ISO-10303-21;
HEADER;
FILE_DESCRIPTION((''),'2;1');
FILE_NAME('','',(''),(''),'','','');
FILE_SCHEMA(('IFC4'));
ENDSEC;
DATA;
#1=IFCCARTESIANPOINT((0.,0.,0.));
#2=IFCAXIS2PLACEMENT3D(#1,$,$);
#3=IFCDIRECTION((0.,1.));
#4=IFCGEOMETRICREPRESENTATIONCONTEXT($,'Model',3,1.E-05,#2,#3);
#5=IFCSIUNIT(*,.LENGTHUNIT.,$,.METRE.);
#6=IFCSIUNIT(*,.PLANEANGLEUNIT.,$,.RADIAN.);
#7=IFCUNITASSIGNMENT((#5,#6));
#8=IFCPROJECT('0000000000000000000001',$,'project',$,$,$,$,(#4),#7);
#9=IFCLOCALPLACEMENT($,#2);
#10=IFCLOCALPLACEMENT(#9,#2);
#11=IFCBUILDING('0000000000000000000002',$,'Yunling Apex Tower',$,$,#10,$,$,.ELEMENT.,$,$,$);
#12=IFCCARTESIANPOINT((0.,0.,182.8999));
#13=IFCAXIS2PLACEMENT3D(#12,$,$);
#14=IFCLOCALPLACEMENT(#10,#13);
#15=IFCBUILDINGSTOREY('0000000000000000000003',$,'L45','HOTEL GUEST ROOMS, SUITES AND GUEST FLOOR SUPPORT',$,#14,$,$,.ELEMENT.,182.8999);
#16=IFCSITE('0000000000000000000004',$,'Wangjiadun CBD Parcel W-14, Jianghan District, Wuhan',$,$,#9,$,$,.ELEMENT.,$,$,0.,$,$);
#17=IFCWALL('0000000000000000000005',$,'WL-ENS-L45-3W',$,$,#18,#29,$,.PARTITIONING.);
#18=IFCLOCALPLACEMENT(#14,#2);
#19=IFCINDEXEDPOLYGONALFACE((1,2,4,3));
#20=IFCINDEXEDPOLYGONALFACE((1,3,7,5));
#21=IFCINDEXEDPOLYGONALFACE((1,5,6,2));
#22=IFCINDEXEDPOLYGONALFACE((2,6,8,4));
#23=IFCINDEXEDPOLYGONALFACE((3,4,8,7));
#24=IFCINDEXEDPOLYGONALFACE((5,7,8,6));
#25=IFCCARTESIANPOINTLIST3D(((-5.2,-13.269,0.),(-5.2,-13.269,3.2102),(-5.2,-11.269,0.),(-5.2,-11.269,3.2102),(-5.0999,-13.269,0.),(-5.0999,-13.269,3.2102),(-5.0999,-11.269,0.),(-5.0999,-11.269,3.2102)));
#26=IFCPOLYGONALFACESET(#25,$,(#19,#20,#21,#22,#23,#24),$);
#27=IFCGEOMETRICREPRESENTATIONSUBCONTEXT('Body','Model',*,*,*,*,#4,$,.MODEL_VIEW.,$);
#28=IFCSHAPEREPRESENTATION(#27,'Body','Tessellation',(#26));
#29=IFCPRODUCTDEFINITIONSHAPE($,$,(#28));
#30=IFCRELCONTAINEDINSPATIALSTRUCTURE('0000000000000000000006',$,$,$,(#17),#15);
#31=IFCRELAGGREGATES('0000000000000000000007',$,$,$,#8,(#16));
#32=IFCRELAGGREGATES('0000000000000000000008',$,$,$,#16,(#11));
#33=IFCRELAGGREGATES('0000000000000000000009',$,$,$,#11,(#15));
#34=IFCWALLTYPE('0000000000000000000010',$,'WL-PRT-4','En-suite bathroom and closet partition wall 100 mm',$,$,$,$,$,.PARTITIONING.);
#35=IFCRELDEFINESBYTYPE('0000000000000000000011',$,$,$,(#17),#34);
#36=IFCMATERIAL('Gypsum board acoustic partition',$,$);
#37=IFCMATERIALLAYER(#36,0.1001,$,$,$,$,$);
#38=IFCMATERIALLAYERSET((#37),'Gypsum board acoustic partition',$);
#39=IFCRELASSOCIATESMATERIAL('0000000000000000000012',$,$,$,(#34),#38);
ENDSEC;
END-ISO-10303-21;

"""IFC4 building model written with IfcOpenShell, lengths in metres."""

from ifc_helpers import new_model, si_unit, direction, frame, frame_2d, origin, place, context, subcontext, project, spatial, rectangle, extrude, material, layer, layer_set, type_object, element, save


model = new_model("IFC4")

# Units and contexts
model_context = context("Model", 3, precision=1e-05, world=origin(), true_north=direction((0.0, 1.0)))
body_context = subcontext(model_context, "Body", "Model", "MODEL_VIEW")
ifc_project = project(units=[si_unit("LENGTHUNIT", "METRE"), si_unit("PLANEANGLEUNIT", "RADIAN")], contexts=[model_context])

# Site, building, storey
site_placement = place(None, origin())
site = spatial("IfcSite", under=ifc_project, at=site_placement, Name="Wangjiadun CBD Parcel W-14, Jianghan District, Wuhan", CompositionType="ELEMENT", RefElevation=0.0)
building_placement = place(site_placement, origin())
building = spatial("IfcBuilding", under=site, at=building_placement, Name="Yunling Apex Tower", CompositionType="ELEMENT")
storey_placement = place(building_placement, frame((0.0, 0.0, 182.8999)))
storey = spatial("IfcBuildingStorey", under=building, at=storey_placement, Name="L45", Description="HOTEL GUEST ROOMS, SUITES AND GUEST FLOOR SUPPORT", CompositionType="ELEMENT", Elevation=182.8999)

# Wall
ifc_material_1 = material(Name="Gypsum board acoustic partition")
ifc_layer_1 = layer(ifc_material_1, 0.1001)
ifc_layer_set_1 = layer_set([ifc_layer_1], Name="Gypsum board acoustic partition")
wall_type = type_object("IfcWallType", Name="WL-PRT-4", Description="En-suite bathroom and closet partition wall 100 mm", PredefinedType="PARTITIONING", material=ifc_layer_set_1)
wall_1_placement = place(storey_placement, frame((-5.1499, -13.269, 0.0), z_axis=(0.0, 0.0, 1.0), x_axis=(0.0, 1.0, 0.0)))
element("IfcWall", 1, at=wall_1_placement, inside=storey, type_object=wall_type, Name="WL-ENS-L45-3W", PredefinedType="PARTITIONING", context=body_context, shape_type="SweptSolid", body=[
    extrude(rectangle(XDim=2.0, YDim=0.1001, at=frame_2d((1.0, 0.0))), origin(), (0.0, 0.0, 1.0), 3.2102),
])

save(model, "model.ifc")
